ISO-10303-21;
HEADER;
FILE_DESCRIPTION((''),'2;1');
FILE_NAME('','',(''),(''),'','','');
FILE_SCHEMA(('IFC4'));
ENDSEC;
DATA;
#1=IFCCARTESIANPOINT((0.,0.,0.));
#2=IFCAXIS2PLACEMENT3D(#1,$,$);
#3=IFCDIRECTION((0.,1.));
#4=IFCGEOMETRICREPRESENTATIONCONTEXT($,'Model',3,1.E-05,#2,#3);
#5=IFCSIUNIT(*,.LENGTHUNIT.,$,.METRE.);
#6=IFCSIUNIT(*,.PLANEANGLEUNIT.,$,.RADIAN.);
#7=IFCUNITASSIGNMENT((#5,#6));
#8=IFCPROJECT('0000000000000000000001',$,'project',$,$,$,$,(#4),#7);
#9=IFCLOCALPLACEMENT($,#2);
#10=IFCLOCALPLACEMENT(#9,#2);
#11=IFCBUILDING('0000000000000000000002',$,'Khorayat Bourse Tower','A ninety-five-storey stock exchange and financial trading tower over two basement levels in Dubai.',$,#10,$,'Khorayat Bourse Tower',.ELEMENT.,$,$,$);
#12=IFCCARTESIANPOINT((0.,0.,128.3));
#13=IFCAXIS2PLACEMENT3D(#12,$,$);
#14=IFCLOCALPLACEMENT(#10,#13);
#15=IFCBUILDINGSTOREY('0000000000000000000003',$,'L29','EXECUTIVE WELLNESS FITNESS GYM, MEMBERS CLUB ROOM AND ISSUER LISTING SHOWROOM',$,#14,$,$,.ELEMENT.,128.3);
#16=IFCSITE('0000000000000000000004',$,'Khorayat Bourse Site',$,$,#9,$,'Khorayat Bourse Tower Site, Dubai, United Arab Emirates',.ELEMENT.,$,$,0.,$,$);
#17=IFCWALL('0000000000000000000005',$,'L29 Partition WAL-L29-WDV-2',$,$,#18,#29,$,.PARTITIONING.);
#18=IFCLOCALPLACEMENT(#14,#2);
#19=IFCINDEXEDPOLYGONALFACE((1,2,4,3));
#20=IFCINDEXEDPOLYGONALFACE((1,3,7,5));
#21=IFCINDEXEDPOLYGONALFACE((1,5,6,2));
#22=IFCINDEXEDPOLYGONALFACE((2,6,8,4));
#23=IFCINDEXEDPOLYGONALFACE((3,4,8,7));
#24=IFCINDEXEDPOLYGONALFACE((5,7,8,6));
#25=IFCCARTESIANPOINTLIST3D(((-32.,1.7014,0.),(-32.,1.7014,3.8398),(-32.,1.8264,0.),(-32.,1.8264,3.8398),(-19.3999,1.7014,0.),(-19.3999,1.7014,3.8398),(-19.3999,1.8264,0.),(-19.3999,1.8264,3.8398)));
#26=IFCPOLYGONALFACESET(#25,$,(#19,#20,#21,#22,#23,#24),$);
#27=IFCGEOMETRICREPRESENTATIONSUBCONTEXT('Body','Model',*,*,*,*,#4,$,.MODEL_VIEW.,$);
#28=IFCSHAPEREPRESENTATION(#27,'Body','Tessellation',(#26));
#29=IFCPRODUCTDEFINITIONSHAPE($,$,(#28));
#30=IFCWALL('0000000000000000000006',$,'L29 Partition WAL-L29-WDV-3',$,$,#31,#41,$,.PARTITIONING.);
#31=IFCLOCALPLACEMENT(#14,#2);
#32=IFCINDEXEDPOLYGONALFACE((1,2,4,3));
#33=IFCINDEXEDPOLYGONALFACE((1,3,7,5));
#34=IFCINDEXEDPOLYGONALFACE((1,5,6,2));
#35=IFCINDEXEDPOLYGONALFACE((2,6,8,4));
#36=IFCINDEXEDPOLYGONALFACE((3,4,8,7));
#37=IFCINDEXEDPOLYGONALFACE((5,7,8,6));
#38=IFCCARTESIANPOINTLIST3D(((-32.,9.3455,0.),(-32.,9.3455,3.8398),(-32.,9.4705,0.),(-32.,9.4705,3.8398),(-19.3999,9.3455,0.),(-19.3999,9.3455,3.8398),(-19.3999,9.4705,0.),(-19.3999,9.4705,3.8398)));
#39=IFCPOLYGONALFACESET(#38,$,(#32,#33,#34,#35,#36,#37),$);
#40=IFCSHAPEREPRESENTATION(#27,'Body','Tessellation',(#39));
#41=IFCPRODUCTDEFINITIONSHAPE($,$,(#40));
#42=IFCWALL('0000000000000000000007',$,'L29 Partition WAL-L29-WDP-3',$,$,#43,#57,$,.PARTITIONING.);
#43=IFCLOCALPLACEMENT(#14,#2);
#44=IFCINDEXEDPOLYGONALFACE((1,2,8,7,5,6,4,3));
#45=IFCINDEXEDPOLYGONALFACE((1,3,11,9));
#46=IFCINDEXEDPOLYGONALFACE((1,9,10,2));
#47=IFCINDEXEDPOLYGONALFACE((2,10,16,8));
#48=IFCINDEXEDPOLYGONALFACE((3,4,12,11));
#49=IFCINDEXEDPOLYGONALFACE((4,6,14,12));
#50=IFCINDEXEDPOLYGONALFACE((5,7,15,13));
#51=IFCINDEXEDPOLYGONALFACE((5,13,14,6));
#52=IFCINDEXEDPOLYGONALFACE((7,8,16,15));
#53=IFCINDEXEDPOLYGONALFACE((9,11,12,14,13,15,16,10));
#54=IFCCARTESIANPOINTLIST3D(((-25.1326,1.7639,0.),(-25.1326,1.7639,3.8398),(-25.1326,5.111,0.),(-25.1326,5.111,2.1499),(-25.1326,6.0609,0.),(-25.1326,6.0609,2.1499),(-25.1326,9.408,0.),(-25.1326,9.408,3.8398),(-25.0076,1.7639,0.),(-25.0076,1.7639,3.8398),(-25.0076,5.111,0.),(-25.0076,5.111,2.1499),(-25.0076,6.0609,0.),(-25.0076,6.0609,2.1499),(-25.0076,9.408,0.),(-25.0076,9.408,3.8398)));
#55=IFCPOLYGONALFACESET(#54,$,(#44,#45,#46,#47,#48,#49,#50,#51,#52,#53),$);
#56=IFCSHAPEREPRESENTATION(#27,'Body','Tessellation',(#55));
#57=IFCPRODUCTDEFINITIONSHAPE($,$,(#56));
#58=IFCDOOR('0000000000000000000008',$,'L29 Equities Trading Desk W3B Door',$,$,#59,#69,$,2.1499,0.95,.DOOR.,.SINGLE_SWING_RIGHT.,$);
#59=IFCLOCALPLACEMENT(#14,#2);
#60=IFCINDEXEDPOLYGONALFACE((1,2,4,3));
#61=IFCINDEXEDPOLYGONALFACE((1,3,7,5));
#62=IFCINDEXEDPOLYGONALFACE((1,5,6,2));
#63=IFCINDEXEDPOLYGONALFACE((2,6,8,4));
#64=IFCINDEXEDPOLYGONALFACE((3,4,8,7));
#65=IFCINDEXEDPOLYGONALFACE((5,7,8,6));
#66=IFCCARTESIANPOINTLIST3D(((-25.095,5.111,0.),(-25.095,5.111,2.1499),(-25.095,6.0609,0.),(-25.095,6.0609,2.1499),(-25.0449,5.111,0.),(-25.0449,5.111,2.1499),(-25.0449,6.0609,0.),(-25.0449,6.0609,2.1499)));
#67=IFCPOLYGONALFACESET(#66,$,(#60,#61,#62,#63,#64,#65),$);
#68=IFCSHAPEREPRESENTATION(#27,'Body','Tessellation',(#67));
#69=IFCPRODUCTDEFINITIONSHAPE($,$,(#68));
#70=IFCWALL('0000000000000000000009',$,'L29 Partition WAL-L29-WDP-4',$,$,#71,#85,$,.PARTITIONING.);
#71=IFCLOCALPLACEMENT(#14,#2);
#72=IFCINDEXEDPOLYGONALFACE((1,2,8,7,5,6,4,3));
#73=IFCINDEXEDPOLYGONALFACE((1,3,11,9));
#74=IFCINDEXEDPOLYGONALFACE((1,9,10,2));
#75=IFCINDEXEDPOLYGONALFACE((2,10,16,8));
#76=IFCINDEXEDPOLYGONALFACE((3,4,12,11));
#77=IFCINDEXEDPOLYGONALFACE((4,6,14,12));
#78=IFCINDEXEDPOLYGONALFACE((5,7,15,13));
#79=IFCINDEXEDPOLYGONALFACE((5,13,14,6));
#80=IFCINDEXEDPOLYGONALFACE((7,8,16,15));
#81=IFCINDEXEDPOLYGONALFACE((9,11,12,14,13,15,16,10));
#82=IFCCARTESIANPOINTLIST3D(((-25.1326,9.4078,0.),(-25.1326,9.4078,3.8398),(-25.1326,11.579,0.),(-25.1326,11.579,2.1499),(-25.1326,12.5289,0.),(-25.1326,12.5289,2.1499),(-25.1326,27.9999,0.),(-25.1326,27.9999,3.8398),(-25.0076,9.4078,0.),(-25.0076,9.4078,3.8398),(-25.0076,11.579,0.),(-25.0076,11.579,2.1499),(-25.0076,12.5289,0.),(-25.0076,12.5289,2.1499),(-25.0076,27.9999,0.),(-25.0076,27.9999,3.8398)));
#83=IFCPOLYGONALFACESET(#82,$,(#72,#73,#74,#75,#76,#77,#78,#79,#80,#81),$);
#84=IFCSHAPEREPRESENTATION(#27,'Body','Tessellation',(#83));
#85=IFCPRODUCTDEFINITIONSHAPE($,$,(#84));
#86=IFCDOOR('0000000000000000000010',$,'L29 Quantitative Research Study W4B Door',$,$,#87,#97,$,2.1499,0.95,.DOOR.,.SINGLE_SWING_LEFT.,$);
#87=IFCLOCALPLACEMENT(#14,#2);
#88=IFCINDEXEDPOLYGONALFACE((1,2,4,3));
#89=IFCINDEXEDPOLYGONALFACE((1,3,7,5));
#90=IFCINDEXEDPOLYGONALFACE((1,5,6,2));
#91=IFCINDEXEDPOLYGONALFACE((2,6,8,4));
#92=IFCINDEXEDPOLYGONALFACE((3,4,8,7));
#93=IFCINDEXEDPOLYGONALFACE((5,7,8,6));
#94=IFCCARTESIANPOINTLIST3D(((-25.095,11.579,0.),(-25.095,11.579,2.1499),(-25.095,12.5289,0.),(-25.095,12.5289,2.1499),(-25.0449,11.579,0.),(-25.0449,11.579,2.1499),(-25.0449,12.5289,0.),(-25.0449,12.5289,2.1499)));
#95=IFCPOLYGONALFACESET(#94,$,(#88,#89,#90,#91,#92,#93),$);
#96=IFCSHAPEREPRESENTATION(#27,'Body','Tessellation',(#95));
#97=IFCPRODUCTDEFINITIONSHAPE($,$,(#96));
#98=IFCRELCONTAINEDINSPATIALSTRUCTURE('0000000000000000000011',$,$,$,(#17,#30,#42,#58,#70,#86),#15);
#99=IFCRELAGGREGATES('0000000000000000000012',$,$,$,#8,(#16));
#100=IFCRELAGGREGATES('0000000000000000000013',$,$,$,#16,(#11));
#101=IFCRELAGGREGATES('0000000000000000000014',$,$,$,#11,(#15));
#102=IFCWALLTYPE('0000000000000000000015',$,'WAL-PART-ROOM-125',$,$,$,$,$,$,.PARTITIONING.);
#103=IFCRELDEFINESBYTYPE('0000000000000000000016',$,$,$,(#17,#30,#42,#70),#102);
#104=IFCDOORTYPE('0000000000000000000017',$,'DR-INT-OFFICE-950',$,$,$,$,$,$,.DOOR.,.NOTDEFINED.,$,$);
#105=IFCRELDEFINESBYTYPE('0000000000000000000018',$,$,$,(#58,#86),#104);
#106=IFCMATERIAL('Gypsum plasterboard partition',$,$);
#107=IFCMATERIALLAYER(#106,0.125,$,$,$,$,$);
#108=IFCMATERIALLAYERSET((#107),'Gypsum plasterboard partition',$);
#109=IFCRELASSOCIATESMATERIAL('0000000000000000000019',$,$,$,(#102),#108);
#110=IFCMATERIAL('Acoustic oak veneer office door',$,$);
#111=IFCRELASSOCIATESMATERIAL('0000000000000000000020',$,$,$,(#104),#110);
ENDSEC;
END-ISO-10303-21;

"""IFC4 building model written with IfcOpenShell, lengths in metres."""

from ifc_helpers import new_model, si_unit, direction, frame, frame_2d, origin, place, context, subcontext, project, spatial, rectangle, extrude, source, transform, mapped, material, layer, layer_set, type_object, element, fill, save


model = new_model("IFC4")

# Units and contexts
model_context = context("Model", 3, precision=1e-05, world=origin(), true_north=direction((0.0, 1.0)))
body_context = subcontext(model_context, "Body", "Model", "MODEL_VIEW")
ifc_project = project(units=[si_unit("LENGTHUNIT", "METRE"), si_unit("PLANEANGLEUNIT", "RADIAN")], contexts=[model_context])

# Site, building, storey
site_placement = place(None, origin())
site = spatial("IfcSite", under=ifc_project, at=site_placement, Name="Khorayat Bourse Site", LongName="Khorayat Bourse Tower Site, Dubai, United Arab Emirates", CompositionType="ELEMENT", RefElevation=0.0)
building_placement = place(site_placement, origin())
building = spatial("IfcBuilding", under=site, at=building_placement, Name="Khorayat Bourse Tower", Description="A ninety-five-storey stock exchange and financial trading tower over two basement levels in Dubai.", LongName="Khorayat Bourse Tower", CompositionType="ELEMENT")
storey_placement = place(building_placement, frame((0.0, 0.0, 128.3)))
storey = spatial("IfcBuildingStorey", under=building, at=storey_placement, Name="L29", Description="EXECUTIVE WELLNESS FITNESS GYM, MEMBERS CLUB ROOM AND ISSUER LISTING SHOWROOM", CompositionType="ELEMENT", Elevation=128.3)

# Walls
ifc_material_1 = material(Name="Gypsum plasterboard partition")
ifc_layer_1 = layer(ifc_material_1, 0.125)
ifc_layer_set_1 = layer_set([ifc_layer_1], Name="Gypsum plasterboard partition")
wall_type_1 = type_object("IfcWallType", Name="WAL-PART-ROOM-125", PredefinedType="PARTITIONING", material=ifc_layer_set_1)
shared_shape_1 = source(origin(), body_context, "Body", "SweptSolid", [
    extrude(rectangle(XDim=12.6001, YDim=0.125, at=frame_2d((6.3, 0.0))), origin(), (0.0, 0.0, 1.0), 3.8398),
])
for number, where, z_axis, x_axis, name in (
    (1, (-32.0, 1.7639, 0.0), (0.0, 0.0, 1.0), (1.0, 0.0, 0.0), "L29 Partition WAL-L29-WDV-2"),
    (2, (-32.0, 9.408, 0.0), (0.0, 0.0, 1.0), (1.0, 0.0, 0.0), "L29 Partition WAL-L29-WDV-3"),
):
    element("IfcWall", number, at=place(storey_placement, frame(where, z_axis=z_axis, x_axis=x_axis)), inside=storey, type_object=wall_type_1, Name=name, PredefinedType="PARTITIONING", context=body_context, shape_type="MappedRepresentation", body=[
        mapped(shared_shape_1, transform((0.0, 0.0, 0.0), scale=1.0)),
    ])

# Walls, openings, doors
shared_shape_2 = source(origin(), body_context, "Body", "SweptSolid", [
    extrude(rectangle(XDim=7.644, YDim=0.125, at=frame_2d((3.822, 0.0))), origin(), (0.0, 0.0, 1.0), 3.8398),
])
wall_1_placement = place(storey_placement, frame((-25.0701, 1.7639, 0.0), z_axis=(0.0, 0.0, 1.0), x_axis=(0.0, 1.0, 0.0)))
wall_1 = element("IfcWall", 3, at=wall_1_placement, inside=storey, type_object=wall_type_1, Name="L29 Partition WAL-L29-WDP-3", PredefinedType="PARTITIONING", context=body_context, shape_type="MappedRepresentation", body=[
    mapped(shared_shape_2, transform((0.0, 0.0, 0.0), scale=1.0)),
])
shared_shape_3 = source(origin(), body_context, "Body", "SweptSolid", [
    extrude(rectangle(XDim=0.95, YDim=2.1499, at=frame_2d((0.4751, 1.075))), frame((0.0, 0.0725, 0.0), z_axis=(0.0, -1.0, 0.0), x_axis=(1.0, 0.0, 0.0)), (0.0, 0.0, 1.0), 0.145),
])
opening_1_placement = place(wall_1_placement, frame((3.3469, 0.0, 0.0)))
opening_1 = element("IfcOpeningElement", 4, at=opening_1_placement, cuts=wall_1, PredefinedType="OPENING", context=body_context, shape_type="MappedRepresentation", body=[
    mapped(shared_shape_3, transform((0.0, 0.0, 0.0), scale=1.0)),
])
ifc_material_2 = material(Name="Acoustic oak veneer office door")
door_type = type_object("IfcDoorType", Name="DR-INT-OFFICE-950", OperationType="NOTDEFINED", PredefinedType="DOOR", material=ifc_material_2)
shared_shape_4 = source(origin(), body_context, "Body", "SweptSolid", [
    extrude(rectangle(XDim=0.95, YDim=2.1499, at=frame_2d((0.4751, 1.075))), frame((0.0, 0.0249, 0.0), z_axis=(0.0, -1.0, 0.0), x_axis=(1.0, 0.0, 0.0)), (0.0, 0.0, 1.0), 0.05),
])
door_1_placement = place(opening_1_placement, origin())
door_1 = element("IfcDoor", 5, at=door_1_placement, inside=storey, type_object=door_type, Name="L29 Equities Trading Desk W3B Door", OperationType="SINGLE_SWING_RIGHT", OverallHeight=2.1499, OverallWidth=0.95, PredefinedType="DOOR", context=body_context, shape_type="MappedRepresentation", body=[
    mapped(shared_shape_4, transform((0.0, 0.0, 0.0), scale=1.0)),
])
fill(opening_1, door_1)
shared_shape_5 = source(origin(), body_context, "Body", "SweptSolid", [
    extrude(rectangle(XDim=18.592, YDim=0.125, at=frame_2d((9.2959, 0.0))), origin(), (0.0, 0.0, 1.0), 3.8398),
])
wall_2_placement = place(storey_placement, frame((-25.0701, 9.408, 0.0), z_axis=(0.0, 0.0, 1.0), x_axis=(0.0, 1.0, 0.0)))
wall_2 = element("IfcWall", 6, at=wall_2_placement, inside=storey, type_object=wall_type_1, Name="L29 Partition WAL-L29-WDP-4", PredefinedType="PARTITIONING", context=body_context, shape_type="MappedRepresentation", body=[
    mapped(shared_shape_5, transform((0.0, 0.0, 0.0), scale=1.0)),
])
opening_2_placement = place(wall_2_placement, frame((2.1709, 0.0, 0.0)))
opening_2 = element("IfcOpeningElement", 7, at=opening_2_placement, cuts=wall_2, PredefinedType="OPENING", context=body_context, shape_type="MappedRepresentation", body=[
    mapped(shared_shape_3, transform((0.0, 0.0, 0.0), scale=1.0)),
])
door_2_placement = place(opening_2_placement, origin())
door_2 = element("IfcDoor", 8, at=door_2_placement, inside=storey, type_object=door_type, Name="L29 Quantitative Research Study W4B Door", OperationType="SINGLE_SWING_LEFT", OverallHeight=2.1499, OverallWidth=0.95, PredefinedType="DOOR", context=body_context, shape_type="MappedRepresentation", body=[
    mapped(shared_shape_4, transform((0.0, 0.0, 0.0), scale=1.0)),
])
fill(opening_2, door_2)

save(model, "model.ifc")
